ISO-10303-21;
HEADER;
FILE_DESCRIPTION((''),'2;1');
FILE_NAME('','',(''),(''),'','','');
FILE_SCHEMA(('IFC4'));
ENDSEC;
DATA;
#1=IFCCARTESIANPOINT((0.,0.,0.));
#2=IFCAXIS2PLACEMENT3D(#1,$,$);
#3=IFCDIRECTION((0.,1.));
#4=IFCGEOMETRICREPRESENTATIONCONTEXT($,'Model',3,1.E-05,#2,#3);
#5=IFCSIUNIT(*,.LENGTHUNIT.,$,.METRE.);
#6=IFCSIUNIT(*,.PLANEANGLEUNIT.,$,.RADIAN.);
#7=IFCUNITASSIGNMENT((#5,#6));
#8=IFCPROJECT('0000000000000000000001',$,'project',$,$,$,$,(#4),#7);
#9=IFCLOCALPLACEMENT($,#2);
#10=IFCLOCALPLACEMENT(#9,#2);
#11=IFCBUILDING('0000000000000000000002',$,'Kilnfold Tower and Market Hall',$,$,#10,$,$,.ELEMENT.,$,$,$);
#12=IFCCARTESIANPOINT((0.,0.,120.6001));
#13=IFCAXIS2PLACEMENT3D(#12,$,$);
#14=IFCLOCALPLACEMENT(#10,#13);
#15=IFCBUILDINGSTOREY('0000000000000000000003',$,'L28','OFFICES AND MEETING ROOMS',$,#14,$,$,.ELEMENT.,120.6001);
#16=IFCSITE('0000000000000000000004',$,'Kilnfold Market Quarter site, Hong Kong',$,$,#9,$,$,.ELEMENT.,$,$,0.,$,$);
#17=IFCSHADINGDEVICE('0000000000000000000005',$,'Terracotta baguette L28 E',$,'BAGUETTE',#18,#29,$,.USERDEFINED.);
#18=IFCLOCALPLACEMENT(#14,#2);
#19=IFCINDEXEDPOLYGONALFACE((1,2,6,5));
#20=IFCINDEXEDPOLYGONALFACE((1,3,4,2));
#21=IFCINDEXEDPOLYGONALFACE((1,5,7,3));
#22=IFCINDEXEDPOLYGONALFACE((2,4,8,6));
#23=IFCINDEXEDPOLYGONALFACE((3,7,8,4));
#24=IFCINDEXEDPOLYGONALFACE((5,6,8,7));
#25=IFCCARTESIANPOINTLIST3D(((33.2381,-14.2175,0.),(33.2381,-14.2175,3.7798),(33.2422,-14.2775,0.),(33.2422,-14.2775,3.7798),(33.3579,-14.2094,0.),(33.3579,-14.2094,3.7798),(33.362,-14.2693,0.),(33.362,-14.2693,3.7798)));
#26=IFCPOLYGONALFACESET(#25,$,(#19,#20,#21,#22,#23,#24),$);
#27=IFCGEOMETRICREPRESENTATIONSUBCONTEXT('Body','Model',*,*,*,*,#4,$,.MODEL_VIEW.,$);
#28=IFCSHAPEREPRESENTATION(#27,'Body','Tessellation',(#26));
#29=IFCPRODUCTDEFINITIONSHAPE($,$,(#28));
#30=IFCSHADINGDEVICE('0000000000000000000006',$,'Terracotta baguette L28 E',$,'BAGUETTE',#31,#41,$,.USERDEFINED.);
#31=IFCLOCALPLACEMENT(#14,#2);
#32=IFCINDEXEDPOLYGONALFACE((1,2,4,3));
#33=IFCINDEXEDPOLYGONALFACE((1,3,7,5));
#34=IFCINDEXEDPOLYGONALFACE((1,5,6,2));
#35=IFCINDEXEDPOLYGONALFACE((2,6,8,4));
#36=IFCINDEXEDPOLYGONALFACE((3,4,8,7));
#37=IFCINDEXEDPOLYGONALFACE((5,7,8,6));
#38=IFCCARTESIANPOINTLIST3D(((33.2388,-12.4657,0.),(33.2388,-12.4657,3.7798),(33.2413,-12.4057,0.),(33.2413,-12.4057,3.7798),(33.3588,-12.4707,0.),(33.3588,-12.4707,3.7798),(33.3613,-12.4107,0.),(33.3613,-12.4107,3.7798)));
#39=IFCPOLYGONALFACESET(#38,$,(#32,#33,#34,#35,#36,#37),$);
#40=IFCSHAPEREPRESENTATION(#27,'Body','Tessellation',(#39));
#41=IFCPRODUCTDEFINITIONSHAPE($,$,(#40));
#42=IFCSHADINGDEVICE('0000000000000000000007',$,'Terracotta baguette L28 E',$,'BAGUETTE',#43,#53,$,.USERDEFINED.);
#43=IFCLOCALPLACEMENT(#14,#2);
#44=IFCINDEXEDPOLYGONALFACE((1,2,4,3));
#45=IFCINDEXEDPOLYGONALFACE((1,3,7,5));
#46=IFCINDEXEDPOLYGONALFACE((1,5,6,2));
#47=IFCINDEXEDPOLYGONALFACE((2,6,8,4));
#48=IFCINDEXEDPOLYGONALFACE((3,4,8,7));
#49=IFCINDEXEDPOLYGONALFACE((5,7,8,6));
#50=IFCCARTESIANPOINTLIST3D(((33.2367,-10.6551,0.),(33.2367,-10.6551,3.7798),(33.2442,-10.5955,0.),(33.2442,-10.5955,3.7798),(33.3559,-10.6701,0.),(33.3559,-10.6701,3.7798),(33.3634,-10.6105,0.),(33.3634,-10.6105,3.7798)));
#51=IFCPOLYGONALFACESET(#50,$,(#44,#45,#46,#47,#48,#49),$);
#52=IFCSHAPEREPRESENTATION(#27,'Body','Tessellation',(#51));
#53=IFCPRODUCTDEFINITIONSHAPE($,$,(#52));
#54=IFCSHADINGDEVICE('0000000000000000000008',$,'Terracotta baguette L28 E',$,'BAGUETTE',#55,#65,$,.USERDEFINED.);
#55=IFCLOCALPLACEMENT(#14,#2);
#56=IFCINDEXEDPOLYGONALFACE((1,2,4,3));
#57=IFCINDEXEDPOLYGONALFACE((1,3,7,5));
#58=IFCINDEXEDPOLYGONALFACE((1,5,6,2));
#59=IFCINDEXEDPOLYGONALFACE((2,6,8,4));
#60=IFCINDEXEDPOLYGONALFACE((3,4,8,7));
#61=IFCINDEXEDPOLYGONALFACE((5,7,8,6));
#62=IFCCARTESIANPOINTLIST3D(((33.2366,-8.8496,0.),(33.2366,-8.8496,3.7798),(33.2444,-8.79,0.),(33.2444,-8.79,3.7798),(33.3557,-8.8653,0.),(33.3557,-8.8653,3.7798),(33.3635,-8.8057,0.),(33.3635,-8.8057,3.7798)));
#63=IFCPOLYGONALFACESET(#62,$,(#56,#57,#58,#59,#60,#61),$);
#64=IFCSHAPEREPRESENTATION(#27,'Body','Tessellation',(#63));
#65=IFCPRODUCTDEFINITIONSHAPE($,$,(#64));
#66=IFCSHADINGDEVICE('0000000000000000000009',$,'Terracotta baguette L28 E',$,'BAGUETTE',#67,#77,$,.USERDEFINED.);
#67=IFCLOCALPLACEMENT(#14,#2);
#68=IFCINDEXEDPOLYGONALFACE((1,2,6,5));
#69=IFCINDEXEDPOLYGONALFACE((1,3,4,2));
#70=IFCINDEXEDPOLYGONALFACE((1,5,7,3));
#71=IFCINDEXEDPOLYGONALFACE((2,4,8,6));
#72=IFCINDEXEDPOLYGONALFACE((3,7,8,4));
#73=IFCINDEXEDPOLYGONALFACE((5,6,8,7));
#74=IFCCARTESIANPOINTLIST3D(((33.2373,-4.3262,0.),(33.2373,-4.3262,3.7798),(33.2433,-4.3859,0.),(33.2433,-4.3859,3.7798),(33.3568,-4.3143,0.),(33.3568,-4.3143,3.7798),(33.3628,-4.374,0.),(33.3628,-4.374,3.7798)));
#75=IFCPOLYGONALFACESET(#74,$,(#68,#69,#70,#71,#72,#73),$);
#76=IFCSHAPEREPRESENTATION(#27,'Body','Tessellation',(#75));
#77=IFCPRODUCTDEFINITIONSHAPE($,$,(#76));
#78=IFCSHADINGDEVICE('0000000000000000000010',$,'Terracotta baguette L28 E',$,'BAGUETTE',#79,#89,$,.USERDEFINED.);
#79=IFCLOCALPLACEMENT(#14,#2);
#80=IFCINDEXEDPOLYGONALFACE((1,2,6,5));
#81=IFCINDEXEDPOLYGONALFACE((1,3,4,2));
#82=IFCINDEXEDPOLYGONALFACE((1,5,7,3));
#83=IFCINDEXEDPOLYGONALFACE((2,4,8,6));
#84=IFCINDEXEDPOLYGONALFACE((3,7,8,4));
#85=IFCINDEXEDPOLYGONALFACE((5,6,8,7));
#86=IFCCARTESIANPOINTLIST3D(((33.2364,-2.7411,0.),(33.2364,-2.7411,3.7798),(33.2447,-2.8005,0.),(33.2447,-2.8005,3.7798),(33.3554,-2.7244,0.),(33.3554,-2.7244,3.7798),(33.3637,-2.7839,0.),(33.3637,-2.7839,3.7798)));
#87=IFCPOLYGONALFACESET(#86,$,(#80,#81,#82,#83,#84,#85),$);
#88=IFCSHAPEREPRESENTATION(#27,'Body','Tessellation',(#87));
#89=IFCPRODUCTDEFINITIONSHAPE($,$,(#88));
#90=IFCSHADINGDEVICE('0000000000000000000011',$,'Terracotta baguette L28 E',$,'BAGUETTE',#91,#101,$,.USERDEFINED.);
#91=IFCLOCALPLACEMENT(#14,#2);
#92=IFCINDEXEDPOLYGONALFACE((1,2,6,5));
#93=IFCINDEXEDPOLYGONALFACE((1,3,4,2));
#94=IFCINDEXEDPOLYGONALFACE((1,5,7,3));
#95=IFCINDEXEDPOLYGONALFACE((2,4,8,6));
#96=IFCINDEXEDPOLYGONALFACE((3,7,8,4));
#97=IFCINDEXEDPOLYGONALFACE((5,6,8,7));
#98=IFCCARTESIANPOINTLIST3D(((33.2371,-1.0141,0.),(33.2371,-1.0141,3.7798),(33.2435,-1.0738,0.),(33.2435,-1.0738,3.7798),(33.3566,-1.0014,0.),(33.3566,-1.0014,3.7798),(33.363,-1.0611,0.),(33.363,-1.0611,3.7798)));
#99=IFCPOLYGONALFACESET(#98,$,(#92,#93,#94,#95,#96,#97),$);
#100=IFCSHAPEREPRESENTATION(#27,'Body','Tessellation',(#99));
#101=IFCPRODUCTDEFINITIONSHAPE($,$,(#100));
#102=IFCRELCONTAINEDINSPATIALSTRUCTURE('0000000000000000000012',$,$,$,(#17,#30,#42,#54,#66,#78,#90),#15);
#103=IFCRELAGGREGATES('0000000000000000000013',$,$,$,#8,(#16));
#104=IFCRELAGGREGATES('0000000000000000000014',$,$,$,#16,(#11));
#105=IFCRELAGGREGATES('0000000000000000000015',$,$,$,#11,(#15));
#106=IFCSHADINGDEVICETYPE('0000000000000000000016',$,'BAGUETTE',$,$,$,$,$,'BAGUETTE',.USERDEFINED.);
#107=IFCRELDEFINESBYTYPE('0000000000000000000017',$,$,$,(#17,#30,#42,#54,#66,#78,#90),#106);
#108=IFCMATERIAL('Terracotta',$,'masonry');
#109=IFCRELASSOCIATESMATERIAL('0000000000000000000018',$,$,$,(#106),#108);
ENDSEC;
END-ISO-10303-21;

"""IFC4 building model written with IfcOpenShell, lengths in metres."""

from ifc_helpers import new_model, si_unit, direction, frame, origin, origin_2d, place, context, subcontext, project, spatial, rectangle, extrude, source, transform, mapped, material, material_profile, profile_set, type_object, element, save


model = new_model("IFC4")

# Units and contexts
model_context = context("Model", 3, precision=1e-05, world=origin(), true_north=direction((0.0, 1.0)))
body_context = subcontext(model_context, "Body", "Model", "MODEL_VIEW")
ifc_project = project(units=[si_unit("LENGTHUNIT", "METRE"), si_unit("PLANEANGLEUNIT", "RADIAN")], contexts=[model_context])

# Site, building, storey
site_placement = place(None, origin())
site = spatial("IfcSite", under=ifc_project, at=site_placement, Name="Kilnfold Market Quarter site, Hong Kong", CompositionType="ELEMENT", RefElevation=0.0)
building_placement = place(site_placement, origin())
building = spatial("IfcBuilding", under=site, at=building_placement, Name="Kilnfold Tower and Market Hall", CompositionType="ELEMENT")
storey_placement = place(building_placement, frame((0.0, 0.0, 120.6001)))
storey = spatial("IfcBuildingStorey", under=building, at=storey_placement, Name="L28", Description="OFFICES AND MEETING ROOMS", CompositionType="ELEMENT", Elevation=120.6001)

# Shading devices
ifc_material_1 = material(Name="Terracotta", Category="masonry")
ifc_material_profile_1 = material_profile(ifc_material_1, rectangle(XDim=0.0601, YDim=0.1201, at=origin_2d()), Name="BAG 60x120")
ifc_profile_set_1 = profile_set([ifc_material_profile_1], Name="Terracotta")
shading_device_type = type_object("IfcShadingDeviceType", Name="BAGUETTE", ElementType="BAGUETTE", PredefinedType="USERDEFINED", material=ifc_profile_set_1)
shared_shape_1 = source(origin(), body_context, "Body", "SweptSolid", [
    extrude(rectangle(XDim=0.0601, YDim=0.1201, at=origin_2d()), origin(), (0.0, 0.0, 1.0), 3.7798),
])
for number, where, z_axis, x_axis, name in (
    (1, (33.3, -14.2434, 0.0), (0.0, 0.0, 1.0), (-0.06797, 0.997687, 0.0), "Terracotta baguette L28 E"),
    (2, (33.3, -12.4382, 0.0), (0.0, 0.0, 1.0), (0.041433, 0.999141, 0.0), "Terracotta baguette L28 E"),
    (3, (33.3, -10.6328, 0.0), (0.0, 0.0, 1.0), (0.124835, 0.992178, 0.0), "Terracotta baguette L28 E"),
    (4, (33.3, -8.8276, 0.0), (0.0, 0.0, 1.0), (0.130737, 0.991417, 0.0), "Terracotta baguette L28 E"),
    (5, (33.3, -4.3501, 0.0), (0.0, 0.0, 1.0), (-0.098998, 0.995088, 0.0), "Terracotta baguette L28 E"),
    (6, (33.3, -2.7625, 0.0), (0.0, 0.0, 1.0), (-0.138848, 0.990314, 0.0), "Terracotta baguette L28 E"),
    (7, (33.3, -1.0376, 0.0), (0.0, 0.0, 1.0), (-0.106085, 0.994357, 0.0), "Terracotta baguette L28 E"),
):
    element("IfcShadingDevice", number, at=place(storey_placement, frame(where, z_axis=z_axis, x_axis=x_axis)), inside=storey, type_object=shading_device_type, Name=name, ObjectType="BAGUETTE", PredefinedType="USERDEFINED", context=body_context, shape_type="MappedRepresentation", body=[
        mapped(shared_shape_1, transform((0.0, 0.0, 0.0))),
    ])

save(model, "model.ifc")
